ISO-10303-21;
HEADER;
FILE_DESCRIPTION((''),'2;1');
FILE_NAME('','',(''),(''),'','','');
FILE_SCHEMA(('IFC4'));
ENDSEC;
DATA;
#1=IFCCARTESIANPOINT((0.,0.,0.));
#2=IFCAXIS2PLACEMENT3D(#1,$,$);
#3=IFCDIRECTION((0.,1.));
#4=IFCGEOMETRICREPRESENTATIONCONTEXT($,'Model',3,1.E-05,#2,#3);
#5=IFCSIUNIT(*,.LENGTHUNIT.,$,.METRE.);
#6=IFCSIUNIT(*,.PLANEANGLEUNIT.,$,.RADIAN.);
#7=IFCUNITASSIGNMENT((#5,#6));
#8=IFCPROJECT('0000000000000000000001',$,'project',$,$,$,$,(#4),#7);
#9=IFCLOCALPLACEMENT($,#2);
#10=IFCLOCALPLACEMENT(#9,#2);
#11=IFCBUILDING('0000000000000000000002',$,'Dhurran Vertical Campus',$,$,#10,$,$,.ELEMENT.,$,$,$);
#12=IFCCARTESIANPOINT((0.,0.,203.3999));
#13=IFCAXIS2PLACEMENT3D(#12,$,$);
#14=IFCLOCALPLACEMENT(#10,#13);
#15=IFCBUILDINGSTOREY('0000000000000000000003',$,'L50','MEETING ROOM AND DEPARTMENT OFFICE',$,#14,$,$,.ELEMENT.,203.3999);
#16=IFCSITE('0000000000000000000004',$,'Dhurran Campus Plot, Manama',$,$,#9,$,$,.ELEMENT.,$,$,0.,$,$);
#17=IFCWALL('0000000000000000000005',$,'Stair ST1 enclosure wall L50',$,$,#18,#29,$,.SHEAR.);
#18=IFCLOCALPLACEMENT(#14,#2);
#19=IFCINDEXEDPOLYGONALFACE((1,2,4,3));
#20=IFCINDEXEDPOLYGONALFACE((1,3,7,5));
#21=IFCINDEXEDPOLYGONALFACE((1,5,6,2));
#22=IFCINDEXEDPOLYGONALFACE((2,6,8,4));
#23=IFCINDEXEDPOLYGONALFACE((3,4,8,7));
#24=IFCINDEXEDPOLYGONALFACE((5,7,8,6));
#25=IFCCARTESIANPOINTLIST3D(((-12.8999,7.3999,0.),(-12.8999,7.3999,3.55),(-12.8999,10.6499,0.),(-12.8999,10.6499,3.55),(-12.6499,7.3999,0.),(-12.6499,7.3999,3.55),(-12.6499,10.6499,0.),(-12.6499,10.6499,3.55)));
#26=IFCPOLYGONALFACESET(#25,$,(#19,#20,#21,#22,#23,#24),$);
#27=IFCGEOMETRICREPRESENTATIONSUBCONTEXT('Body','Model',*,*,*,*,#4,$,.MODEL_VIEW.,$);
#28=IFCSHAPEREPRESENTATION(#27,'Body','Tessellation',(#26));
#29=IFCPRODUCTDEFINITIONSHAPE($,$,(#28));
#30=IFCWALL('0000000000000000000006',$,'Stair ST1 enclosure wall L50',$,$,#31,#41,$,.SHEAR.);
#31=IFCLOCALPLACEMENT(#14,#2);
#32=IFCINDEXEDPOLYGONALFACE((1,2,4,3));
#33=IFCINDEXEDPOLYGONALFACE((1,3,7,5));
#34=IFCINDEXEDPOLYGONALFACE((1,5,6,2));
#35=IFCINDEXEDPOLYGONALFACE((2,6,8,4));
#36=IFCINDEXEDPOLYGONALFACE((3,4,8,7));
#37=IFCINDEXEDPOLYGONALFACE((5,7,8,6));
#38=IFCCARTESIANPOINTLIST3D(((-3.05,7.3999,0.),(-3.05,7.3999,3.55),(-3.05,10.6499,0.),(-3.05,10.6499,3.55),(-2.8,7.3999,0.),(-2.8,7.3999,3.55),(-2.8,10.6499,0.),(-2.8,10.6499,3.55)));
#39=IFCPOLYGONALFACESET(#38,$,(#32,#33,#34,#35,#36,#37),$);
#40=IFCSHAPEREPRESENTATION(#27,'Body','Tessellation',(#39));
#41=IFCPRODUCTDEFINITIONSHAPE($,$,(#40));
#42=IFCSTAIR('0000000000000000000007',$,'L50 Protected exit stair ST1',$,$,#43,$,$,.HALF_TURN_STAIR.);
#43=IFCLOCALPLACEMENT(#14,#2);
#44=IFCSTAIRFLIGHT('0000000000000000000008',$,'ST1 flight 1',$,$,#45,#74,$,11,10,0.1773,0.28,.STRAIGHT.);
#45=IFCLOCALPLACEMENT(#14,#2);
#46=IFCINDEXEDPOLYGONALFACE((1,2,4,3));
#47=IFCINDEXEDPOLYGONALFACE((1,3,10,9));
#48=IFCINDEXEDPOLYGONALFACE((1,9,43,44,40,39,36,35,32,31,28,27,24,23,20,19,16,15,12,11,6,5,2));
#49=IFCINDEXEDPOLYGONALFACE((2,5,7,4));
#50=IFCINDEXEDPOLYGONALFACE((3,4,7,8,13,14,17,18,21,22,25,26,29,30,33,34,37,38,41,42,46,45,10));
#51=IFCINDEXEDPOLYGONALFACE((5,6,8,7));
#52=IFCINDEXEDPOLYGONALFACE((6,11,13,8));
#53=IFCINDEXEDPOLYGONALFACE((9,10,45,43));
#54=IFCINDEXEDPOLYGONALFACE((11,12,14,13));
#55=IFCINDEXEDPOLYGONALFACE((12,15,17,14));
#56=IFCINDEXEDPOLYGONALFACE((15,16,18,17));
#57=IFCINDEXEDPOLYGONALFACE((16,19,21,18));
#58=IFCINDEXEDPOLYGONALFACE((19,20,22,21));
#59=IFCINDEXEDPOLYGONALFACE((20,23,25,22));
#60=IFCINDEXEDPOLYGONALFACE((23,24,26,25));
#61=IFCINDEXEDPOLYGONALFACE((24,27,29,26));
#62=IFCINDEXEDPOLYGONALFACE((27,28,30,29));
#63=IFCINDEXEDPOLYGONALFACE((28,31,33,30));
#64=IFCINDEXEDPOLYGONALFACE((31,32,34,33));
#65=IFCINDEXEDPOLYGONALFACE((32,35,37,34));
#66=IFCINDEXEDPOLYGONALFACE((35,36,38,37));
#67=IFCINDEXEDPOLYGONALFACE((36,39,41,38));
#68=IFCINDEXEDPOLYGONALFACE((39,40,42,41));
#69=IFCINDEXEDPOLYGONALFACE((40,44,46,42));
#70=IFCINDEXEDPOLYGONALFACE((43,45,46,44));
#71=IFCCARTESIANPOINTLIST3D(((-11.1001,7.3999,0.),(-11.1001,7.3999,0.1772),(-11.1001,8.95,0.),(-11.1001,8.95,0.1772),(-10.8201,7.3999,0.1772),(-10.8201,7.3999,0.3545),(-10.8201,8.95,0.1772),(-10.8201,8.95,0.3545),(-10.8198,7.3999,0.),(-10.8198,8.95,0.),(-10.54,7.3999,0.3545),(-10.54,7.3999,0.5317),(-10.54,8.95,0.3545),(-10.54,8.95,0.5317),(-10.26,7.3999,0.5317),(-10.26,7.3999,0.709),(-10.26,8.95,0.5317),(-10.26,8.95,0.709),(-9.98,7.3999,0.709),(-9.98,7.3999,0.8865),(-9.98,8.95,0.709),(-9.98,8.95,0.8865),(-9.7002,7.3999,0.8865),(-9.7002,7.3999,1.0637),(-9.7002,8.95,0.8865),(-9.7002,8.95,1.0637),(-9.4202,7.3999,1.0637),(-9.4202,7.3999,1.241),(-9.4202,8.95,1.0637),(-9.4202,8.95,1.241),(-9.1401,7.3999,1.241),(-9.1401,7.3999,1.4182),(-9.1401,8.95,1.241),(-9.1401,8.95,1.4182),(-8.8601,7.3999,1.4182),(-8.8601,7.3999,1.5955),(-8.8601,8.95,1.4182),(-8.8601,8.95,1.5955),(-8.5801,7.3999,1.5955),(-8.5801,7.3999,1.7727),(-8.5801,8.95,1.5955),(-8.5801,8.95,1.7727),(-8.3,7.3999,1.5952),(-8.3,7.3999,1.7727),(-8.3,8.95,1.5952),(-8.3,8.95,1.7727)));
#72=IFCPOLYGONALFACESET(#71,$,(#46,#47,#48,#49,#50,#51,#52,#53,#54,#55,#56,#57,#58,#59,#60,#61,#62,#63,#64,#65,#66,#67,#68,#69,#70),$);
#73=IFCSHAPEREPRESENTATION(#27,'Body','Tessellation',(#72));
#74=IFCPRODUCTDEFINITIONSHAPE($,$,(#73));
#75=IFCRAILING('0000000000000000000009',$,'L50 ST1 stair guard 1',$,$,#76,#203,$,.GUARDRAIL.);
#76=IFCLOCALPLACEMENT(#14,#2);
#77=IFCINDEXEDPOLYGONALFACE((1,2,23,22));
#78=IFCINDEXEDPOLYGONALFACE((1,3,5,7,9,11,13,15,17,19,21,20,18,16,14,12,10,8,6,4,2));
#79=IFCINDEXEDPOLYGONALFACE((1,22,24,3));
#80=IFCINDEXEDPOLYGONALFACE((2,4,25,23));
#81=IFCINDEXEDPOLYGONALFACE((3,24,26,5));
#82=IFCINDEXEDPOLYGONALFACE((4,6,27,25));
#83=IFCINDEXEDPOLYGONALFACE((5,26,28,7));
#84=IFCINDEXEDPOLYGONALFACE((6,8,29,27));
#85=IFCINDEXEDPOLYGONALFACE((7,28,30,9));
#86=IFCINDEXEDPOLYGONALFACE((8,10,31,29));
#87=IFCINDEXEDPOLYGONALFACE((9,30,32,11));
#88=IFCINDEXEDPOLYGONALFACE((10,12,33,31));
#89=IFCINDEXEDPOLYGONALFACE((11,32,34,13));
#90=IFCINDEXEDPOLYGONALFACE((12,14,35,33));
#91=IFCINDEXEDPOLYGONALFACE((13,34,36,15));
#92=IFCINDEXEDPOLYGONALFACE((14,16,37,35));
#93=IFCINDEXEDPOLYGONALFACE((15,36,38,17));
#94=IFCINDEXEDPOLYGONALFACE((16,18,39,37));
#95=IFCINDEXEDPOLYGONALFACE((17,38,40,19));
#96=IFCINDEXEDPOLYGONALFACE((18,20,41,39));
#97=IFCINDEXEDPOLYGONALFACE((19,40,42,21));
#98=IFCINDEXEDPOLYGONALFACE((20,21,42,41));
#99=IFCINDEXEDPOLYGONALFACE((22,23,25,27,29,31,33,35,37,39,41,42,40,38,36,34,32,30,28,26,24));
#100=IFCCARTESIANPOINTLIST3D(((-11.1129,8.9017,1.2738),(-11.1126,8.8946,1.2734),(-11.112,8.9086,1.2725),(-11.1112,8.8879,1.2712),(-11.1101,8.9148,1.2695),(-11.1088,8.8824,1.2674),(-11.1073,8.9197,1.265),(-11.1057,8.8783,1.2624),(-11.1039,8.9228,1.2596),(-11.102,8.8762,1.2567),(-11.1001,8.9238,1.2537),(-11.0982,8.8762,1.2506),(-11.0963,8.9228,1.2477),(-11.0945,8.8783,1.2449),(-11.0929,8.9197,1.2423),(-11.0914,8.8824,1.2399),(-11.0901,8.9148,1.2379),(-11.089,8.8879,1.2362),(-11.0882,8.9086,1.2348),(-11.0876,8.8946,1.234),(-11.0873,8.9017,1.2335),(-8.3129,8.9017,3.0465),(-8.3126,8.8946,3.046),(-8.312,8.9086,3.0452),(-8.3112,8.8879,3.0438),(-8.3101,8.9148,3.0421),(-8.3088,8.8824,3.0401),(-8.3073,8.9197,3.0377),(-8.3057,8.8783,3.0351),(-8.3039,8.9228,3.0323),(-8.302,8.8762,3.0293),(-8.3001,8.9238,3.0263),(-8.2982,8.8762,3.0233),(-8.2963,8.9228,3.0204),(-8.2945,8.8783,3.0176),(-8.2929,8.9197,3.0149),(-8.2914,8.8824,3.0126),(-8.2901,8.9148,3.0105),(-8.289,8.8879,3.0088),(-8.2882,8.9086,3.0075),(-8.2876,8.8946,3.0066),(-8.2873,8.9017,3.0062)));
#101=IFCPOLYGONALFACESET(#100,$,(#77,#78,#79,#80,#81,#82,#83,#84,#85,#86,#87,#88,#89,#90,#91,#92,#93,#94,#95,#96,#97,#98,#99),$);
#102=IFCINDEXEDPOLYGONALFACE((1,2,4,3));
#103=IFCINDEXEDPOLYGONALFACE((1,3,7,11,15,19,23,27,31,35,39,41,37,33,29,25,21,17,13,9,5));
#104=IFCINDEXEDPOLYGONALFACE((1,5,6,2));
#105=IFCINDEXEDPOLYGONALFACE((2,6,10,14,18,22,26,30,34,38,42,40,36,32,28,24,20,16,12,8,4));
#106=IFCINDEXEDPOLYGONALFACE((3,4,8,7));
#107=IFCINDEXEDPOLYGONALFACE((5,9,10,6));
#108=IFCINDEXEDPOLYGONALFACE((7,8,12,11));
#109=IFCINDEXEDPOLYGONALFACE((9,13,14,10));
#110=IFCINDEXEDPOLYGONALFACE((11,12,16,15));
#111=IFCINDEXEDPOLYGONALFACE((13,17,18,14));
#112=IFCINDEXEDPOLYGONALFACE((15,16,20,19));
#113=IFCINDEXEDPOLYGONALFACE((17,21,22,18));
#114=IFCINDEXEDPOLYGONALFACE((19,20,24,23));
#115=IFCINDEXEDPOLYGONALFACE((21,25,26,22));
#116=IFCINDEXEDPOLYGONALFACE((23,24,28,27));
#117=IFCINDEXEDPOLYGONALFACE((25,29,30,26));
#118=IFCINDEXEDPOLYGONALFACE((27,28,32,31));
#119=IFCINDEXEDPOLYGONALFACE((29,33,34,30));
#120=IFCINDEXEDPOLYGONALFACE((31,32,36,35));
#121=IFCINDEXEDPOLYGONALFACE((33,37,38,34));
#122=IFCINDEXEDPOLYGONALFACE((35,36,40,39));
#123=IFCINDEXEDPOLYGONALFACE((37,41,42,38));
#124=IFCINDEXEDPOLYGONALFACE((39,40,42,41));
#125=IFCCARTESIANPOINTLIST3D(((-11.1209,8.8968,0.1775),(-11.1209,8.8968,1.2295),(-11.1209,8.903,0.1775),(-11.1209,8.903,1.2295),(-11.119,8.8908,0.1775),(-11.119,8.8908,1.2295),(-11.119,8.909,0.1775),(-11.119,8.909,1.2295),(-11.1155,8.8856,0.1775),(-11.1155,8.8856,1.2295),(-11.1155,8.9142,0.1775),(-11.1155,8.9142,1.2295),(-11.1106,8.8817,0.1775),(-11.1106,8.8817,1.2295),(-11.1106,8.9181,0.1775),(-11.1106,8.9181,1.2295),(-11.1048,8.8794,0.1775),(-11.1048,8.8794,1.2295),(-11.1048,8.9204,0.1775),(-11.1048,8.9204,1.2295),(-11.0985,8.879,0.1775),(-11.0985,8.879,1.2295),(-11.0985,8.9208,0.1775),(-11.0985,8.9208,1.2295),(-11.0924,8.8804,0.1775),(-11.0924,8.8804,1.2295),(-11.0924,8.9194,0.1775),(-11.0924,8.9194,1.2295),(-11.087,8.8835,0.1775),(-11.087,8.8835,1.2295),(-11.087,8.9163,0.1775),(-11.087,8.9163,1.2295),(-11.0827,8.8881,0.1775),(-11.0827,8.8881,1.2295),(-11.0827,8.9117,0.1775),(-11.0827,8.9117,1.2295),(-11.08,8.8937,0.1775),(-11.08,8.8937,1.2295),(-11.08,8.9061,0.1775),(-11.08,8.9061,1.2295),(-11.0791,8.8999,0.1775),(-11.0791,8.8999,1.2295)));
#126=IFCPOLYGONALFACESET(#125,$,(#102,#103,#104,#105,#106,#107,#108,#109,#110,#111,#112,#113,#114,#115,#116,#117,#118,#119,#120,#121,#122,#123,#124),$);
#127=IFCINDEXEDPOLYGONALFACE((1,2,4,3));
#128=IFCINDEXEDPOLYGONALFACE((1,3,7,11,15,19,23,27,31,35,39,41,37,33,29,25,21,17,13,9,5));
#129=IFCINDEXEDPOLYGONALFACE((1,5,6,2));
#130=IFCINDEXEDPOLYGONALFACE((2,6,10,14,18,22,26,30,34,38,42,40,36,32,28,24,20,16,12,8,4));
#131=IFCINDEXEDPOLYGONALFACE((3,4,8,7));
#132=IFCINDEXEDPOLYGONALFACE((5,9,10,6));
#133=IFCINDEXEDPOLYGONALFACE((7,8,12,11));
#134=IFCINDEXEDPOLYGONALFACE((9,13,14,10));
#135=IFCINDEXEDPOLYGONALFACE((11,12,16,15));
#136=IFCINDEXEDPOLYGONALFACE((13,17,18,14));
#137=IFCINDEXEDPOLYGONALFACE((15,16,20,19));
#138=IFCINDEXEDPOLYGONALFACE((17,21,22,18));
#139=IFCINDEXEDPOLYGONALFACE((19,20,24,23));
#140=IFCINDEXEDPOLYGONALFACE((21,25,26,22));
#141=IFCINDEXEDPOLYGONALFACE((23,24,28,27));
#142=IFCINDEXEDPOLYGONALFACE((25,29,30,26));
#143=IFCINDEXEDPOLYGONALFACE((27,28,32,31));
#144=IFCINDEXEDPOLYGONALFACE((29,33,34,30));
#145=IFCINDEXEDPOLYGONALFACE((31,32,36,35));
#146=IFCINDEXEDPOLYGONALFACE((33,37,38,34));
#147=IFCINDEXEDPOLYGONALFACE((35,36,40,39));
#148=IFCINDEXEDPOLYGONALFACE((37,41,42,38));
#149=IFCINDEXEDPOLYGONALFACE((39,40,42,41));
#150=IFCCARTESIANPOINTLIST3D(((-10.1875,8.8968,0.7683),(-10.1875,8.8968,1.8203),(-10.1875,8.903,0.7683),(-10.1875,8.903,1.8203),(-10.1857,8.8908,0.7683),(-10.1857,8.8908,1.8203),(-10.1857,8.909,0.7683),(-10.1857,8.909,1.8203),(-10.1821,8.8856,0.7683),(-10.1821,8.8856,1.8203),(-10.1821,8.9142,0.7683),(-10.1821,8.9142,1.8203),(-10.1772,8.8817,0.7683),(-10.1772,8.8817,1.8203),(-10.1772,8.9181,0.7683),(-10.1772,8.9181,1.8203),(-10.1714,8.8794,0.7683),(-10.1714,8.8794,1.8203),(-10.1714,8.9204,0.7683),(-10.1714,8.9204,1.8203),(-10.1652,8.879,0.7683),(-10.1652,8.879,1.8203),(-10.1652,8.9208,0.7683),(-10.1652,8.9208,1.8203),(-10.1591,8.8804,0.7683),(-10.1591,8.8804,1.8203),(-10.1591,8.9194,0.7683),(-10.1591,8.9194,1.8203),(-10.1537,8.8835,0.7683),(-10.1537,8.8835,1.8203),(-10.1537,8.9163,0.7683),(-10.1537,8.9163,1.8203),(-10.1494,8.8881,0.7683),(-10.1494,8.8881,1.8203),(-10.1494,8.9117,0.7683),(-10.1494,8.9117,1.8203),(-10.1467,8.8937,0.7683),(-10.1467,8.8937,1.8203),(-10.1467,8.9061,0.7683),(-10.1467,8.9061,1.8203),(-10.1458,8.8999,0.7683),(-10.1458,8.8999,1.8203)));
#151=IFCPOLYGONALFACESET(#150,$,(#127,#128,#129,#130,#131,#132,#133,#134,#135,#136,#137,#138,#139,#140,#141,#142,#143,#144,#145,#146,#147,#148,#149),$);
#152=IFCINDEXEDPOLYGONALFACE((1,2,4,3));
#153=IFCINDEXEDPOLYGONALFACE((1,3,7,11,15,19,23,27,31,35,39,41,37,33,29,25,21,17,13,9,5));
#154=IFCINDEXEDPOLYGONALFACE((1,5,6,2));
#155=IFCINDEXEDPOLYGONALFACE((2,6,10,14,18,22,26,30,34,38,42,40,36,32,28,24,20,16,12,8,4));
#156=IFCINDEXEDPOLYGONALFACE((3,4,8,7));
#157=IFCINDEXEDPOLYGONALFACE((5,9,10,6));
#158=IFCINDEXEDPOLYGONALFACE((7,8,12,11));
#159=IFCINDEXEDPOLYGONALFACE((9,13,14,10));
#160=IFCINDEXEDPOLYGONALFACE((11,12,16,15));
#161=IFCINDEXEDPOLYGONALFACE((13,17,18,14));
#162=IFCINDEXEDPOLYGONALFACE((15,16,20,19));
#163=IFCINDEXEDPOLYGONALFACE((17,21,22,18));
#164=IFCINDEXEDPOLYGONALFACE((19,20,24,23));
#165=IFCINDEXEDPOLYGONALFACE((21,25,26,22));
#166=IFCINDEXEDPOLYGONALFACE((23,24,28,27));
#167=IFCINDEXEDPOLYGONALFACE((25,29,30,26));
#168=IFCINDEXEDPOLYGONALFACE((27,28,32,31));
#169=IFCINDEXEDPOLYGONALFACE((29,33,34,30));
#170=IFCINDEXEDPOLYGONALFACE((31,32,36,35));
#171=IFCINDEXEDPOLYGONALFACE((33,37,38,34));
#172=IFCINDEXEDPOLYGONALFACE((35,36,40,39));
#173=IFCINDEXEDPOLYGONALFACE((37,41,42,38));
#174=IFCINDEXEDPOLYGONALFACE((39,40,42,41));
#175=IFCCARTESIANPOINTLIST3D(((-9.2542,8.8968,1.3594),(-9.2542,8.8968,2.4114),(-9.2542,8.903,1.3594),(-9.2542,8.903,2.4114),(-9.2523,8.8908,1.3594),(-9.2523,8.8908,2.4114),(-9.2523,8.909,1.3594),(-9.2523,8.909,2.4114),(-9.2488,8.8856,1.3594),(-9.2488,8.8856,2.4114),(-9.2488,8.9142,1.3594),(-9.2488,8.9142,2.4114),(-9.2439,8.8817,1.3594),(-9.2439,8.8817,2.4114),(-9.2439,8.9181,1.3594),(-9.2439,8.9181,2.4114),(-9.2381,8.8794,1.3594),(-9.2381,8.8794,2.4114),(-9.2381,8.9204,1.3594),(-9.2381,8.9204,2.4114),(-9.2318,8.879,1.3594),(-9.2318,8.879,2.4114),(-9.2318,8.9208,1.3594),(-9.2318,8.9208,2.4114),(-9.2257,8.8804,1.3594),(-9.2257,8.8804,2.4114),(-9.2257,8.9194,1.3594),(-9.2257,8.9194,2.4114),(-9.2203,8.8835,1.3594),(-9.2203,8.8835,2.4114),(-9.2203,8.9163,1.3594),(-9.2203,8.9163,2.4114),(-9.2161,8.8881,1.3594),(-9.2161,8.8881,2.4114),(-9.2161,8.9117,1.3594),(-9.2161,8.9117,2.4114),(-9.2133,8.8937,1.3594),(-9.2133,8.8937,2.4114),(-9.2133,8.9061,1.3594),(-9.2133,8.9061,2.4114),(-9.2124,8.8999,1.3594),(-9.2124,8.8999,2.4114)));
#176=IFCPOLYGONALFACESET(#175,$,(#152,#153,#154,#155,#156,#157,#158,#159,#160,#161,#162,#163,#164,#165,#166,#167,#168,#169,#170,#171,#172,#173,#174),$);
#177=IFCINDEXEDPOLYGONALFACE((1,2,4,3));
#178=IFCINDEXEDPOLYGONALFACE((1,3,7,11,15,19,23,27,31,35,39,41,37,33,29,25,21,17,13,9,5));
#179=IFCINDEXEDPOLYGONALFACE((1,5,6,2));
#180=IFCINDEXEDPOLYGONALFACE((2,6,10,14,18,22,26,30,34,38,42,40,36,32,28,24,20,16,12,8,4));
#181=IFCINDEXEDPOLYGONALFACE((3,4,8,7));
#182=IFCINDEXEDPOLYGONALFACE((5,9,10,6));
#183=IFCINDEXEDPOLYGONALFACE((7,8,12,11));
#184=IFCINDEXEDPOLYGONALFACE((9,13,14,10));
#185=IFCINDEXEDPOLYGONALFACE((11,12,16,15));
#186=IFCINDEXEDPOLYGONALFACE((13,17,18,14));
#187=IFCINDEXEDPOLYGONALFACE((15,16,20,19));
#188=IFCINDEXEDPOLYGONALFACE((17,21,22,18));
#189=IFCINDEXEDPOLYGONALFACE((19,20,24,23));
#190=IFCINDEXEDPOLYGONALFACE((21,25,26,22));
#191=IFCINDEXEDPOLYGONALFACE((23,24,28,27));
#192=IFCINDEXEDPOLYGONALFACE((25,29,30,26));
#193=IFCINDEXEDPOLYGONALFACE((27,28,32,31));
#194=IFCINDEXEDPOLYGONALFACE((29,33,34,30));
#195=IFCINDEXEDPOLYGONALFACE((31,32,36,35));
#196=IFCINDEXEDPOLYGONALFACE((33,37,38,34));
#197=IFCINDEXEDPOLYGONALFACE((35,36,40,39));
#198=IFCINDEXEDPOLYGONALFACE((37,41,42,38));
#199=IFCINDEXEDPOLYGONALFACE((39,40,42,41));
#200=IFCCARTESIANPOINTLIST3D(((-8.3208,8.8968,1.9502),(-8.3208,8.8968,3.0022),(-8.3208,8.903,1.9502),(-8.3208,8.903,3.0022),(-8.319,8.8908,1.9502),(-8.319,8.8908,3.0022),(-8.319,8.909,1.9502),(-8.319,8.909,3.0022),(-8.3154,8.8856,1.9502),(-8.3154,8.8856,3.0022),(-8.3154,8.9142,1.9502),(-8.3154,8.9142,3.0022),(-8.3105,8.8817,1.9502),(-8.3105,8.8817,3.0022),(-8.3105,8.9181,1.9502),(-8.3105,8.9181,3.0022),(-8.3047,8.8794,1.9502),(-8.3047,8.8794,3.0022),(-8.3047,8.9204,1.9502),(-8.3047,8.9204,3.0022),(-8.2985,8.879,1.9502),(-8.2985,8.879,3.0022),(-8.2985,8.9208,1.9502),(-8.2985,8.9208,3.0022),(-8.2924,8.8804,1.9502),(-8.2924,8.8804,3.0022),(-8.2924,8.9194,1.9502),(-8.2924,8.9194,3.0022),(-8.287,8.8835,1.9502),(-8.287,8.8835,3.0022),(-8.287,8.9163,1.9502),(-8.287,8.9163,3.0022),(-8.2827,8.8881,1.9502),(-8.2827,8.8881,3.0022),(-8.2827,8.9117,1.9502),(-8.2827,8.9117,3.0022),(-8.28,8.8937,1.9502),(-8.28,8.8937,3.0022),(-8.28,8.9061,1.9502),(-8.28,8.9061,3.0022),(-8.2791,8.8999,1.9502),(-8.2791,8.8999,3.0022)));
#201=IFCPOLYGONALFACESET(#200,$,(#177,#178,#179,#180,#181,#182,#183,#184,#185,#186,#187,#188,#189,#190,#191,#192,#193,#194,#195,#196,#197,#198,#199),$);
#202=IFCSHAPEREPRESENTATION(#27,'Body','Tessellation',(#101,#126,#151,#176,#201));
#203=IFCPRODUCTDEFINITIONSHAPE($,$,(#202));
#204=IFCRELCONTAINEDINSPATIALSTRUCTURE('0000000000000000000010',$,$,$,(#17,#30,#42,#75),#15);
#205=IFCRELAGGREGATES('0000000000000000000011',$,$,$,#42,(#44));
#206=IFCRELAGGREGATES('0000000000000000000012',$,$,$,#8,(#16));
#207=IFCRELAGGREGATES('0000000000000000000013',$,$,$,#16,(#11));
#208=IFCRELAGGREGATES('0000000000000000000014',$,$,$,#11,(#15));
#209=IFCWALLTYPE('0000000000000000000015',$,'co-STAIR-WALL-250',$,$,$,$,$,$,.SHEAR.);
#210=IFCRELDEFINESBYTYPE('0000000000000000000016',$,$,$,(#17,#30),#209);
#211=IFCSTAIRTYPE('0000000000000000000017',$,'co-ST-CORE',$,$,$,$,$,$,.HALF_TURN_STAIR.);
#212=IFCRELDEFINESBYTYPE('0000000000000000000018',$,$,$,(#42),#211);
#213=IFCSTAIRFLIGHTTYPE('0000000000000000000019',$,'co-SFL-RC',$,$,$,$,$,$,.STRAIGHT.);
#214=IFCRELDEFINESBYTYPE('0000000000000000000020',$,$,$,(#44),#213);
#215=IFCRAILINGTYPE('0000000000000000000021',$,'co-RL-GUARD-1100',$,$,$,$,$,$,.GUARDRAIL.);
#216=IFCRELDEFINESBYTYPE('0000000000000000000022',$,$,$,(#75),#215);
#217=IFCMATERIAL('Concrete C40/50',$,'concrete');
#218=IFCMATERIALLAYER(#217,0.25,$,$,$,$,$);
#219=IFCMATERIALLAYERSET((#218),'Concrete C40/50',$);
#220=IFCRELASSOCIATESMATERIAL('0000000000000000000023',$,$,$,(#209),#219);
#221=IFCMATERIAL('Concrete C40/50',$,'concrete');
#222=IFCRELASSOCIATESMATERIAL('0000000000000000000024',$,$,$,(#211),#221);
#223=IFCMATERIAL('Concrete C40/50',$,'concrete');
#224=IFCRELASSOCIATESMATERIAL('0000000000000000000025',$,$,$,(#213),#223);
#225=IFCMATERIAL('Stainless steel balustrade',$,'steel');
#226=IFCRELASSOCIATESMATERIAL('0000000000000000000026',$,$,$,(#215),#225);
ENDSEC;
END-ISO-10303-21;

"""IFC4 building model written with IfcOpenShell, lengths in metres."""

from ifc_helpers import new_model, si_unit, direction, frame, frame_2d, origin, origin_2d, place, context, subcontext, project, spatial, polyline, rectangle, circle, outline, extrude, material, layer, layer_set, type_object, element, aggregate, save


model = new_model("IFC4")

# Units and contexts
model_context = context("Model", 3, precision=1e-05, world=origin(), true_north=direction((0.0, 1.0)))
body_context = subcontext(model_context, "Body", "Model", "MODEL_VIEW")
ifc_project = project(units=[si_unit("LENGTHUNIT", "METRE"), si_unit("PLANEANGLEUNIT", "RADIAN")], contexts=[model_context])

# Site, building, storey
site_placement = place(None, origin())
site = spatial("IfcSite", under=ifc_project, at=site_placement, Name="Dhurran Campus Plot, Manama", CompositionType="ELEMENT", RefElevation=0.0)
building_placement = place(site_placement, origin())
building = spatial("IfcBuilding", under=site, at=building_placement, Name="Dhurran Vertical Campus", CompositionType="ELEMENT")
storey_placement = place(building_placement, frame((0.0, 0.0, 203.3999)))
storey = spatial("IfcBuildingStorey", under=building, at=storey_placement, Name="L50", Description="MEETING ROOM AND DEPARTMENT OFFICE", CompositionType="ELEMENT", Elevation=203.3999)

# Walls
ifc_material_1 = material(Name="Concrete C40/50", Category="concrete")
ifc_layer_1 = layer(ifc_material_1, 0.25)
ifc_layer_set_1 = layer_set([ifc_layer_1], Name="Concrete C40/50")
wall_type_1 = type_object("IfcWallType", Name="co-STAIR-WALL-250", PredefinedType="SHEAR", material=ifc_layer_set_1)
for number, where, z_axis, x_axis, name in (
    (1, (-12.7749, 7.3999, 0.0), (0.0, 0.0, 1.0), (0.0, 1.0, 0.0), "Stair ST1 enclosure wall L50"),
    (2, (-2.925, 7.3999, 0.0), (0.0, 0.0, 1.0), (0.0, 1.0, 0.0), "Stair ST1 enclosure wall L50"),
):
    element("IfcWall", number, at=place(storey_placement, frame(where, z_axis=z_axis, x_axis=x_axis)), inside=storey, type_object=wall_type_1, Name=name, PredefinedType="SHEAR", context=body_context, shape_type="SweptSolid", body=[
        extrude(rectangle(XDim=3.25, YDim=0.25, at=frame_2d((1.625, 0.0))), origin(), (0.0, 0.0, 1.0), 3.55),
    ])

# Stair, stair flight
ifc_material_2 = material(Name="Concrete C40/50", Category="concrete")
stair_type = type_object("IfcStairType", Name="co-ST-CORE", PredefinedType="HALF_TURN_STAIR", material=ifc_material_2)
stair_placement = place(storey_placement, origin())
stair = element("IfcStair", 3, at=stair_placement, inside=storey, type_object=stair_type, Name="L50 Protected exit stair ST1", PredefinedType="HALF_TURN_STAIR")
ifc_material_3 = material(Name="Concrete C40/50", Category="concrete")
stair_flight_type = type_object("IfcStairFlightType", Name="co-SFL-RC", PredefinedType="STRAIGHT", material=ifc_material_3)
stair_flight_placement = place(storey_placement, frame((-11.1001, 8.175, 0.0), z_axis=(0.0, 0.0, 1.0), x_axis=(1.0, 0.0, 0.0)))
stair_flight = element("IfcStairFlight", 4, at=stair_flight_placement, type_object=stair_flight_type, Name="ST1 flight 1", NumberOfRisers=11, NumberOfTreads=10, PredefinedType="STRAIGHT", RiserHeight=0.1773, TreadLength=0.28, context=body_context, shape_type="SweptSolid", body=[
    extrude(outline(polyline([(0.0, 0.0), (0.0, 0.1772), (0.28, 0.1772), (0.28, 0.3545), (0.5601, 0.3545), (0.5601, 0.5317), (0.8401, 0.5317), (0.8401, 0.709), (1.1201, 0.709), (1.1201, 0.8865), (1.3999, 0.8865), (1.3999, 1.0637), (1.6799, 1.0637), (1.6799, 1.241), (1.96, 1.241), (1.96, 1.4182), (2.24, 1.4182), (2.24, 1.5955), (2.52, 1.5955), (2.52, 1.7727), (2.8, 1.7727), (2.8, 1.95), (2.8, 1.5952), (0.2803, 0.0), (0.0, 0.0)])), frame((0.0, 0.7749, 0.0), z_axis=(0.0, -1.0, 0.0), x_axis=(1.0, 0.0, 0.0)), (0.0, 0.0, 1.0), 1.55),
])
aggregate(stair, [stair_flight])

# Railing
ifc_material_4 = material(Name="Stainless steel balustrade", Category="steel")
railing_type_1 = type_object("IfcRailingType", Name="co-RL-GUARD-1100", PredefinedType="GUARDRAIL", material=ifc_material_4)
railing_1_placement = place(storey_placement, frame((-11.1001, 8.8999, 0.1775)))
element("IfcRailing", 5, at=railing_1_placement, inside=storey, type_object=railing_type_1, Name="L50 ST1 stair guard 1", PredefinedType="GUARDRAIL", context=body_context, shape_type="SweptSolid", body=[
    extrude(circle(Radius=0.0239, at=origin_2d()), frame((0.0, 0.0, 1.0762), z_axis=(0.844909, 0.0, 0.53491), x_axis=(0.0, 1.0, 0.0)), (0.0, 0.0, 1.0), 3.314),
    extrude(circle(Radius=0.021, at=origin_2d()), origin(), (0.0, 0.0, 1.0), 1.052),
    extrude(circle(Radius=0.021, at=origin_2d()), frame((0.9333, 0.0, 0.5908)), (0.0, 0.0, 1.0), 1.052),
    extrude(circle(Radius=0.021, at=origin_2d()), frame((1.8667, 0.0, 1.1819)), (0.0, 0.0, 1.0), 1.052),
    extrude(circle(Radius=0.021, at=origin_2d()), frame((2.8, 0.0, 1.7727)), (0.0, 0.0, 1.0), 1.052),
])

save(model, "model.ifc")
